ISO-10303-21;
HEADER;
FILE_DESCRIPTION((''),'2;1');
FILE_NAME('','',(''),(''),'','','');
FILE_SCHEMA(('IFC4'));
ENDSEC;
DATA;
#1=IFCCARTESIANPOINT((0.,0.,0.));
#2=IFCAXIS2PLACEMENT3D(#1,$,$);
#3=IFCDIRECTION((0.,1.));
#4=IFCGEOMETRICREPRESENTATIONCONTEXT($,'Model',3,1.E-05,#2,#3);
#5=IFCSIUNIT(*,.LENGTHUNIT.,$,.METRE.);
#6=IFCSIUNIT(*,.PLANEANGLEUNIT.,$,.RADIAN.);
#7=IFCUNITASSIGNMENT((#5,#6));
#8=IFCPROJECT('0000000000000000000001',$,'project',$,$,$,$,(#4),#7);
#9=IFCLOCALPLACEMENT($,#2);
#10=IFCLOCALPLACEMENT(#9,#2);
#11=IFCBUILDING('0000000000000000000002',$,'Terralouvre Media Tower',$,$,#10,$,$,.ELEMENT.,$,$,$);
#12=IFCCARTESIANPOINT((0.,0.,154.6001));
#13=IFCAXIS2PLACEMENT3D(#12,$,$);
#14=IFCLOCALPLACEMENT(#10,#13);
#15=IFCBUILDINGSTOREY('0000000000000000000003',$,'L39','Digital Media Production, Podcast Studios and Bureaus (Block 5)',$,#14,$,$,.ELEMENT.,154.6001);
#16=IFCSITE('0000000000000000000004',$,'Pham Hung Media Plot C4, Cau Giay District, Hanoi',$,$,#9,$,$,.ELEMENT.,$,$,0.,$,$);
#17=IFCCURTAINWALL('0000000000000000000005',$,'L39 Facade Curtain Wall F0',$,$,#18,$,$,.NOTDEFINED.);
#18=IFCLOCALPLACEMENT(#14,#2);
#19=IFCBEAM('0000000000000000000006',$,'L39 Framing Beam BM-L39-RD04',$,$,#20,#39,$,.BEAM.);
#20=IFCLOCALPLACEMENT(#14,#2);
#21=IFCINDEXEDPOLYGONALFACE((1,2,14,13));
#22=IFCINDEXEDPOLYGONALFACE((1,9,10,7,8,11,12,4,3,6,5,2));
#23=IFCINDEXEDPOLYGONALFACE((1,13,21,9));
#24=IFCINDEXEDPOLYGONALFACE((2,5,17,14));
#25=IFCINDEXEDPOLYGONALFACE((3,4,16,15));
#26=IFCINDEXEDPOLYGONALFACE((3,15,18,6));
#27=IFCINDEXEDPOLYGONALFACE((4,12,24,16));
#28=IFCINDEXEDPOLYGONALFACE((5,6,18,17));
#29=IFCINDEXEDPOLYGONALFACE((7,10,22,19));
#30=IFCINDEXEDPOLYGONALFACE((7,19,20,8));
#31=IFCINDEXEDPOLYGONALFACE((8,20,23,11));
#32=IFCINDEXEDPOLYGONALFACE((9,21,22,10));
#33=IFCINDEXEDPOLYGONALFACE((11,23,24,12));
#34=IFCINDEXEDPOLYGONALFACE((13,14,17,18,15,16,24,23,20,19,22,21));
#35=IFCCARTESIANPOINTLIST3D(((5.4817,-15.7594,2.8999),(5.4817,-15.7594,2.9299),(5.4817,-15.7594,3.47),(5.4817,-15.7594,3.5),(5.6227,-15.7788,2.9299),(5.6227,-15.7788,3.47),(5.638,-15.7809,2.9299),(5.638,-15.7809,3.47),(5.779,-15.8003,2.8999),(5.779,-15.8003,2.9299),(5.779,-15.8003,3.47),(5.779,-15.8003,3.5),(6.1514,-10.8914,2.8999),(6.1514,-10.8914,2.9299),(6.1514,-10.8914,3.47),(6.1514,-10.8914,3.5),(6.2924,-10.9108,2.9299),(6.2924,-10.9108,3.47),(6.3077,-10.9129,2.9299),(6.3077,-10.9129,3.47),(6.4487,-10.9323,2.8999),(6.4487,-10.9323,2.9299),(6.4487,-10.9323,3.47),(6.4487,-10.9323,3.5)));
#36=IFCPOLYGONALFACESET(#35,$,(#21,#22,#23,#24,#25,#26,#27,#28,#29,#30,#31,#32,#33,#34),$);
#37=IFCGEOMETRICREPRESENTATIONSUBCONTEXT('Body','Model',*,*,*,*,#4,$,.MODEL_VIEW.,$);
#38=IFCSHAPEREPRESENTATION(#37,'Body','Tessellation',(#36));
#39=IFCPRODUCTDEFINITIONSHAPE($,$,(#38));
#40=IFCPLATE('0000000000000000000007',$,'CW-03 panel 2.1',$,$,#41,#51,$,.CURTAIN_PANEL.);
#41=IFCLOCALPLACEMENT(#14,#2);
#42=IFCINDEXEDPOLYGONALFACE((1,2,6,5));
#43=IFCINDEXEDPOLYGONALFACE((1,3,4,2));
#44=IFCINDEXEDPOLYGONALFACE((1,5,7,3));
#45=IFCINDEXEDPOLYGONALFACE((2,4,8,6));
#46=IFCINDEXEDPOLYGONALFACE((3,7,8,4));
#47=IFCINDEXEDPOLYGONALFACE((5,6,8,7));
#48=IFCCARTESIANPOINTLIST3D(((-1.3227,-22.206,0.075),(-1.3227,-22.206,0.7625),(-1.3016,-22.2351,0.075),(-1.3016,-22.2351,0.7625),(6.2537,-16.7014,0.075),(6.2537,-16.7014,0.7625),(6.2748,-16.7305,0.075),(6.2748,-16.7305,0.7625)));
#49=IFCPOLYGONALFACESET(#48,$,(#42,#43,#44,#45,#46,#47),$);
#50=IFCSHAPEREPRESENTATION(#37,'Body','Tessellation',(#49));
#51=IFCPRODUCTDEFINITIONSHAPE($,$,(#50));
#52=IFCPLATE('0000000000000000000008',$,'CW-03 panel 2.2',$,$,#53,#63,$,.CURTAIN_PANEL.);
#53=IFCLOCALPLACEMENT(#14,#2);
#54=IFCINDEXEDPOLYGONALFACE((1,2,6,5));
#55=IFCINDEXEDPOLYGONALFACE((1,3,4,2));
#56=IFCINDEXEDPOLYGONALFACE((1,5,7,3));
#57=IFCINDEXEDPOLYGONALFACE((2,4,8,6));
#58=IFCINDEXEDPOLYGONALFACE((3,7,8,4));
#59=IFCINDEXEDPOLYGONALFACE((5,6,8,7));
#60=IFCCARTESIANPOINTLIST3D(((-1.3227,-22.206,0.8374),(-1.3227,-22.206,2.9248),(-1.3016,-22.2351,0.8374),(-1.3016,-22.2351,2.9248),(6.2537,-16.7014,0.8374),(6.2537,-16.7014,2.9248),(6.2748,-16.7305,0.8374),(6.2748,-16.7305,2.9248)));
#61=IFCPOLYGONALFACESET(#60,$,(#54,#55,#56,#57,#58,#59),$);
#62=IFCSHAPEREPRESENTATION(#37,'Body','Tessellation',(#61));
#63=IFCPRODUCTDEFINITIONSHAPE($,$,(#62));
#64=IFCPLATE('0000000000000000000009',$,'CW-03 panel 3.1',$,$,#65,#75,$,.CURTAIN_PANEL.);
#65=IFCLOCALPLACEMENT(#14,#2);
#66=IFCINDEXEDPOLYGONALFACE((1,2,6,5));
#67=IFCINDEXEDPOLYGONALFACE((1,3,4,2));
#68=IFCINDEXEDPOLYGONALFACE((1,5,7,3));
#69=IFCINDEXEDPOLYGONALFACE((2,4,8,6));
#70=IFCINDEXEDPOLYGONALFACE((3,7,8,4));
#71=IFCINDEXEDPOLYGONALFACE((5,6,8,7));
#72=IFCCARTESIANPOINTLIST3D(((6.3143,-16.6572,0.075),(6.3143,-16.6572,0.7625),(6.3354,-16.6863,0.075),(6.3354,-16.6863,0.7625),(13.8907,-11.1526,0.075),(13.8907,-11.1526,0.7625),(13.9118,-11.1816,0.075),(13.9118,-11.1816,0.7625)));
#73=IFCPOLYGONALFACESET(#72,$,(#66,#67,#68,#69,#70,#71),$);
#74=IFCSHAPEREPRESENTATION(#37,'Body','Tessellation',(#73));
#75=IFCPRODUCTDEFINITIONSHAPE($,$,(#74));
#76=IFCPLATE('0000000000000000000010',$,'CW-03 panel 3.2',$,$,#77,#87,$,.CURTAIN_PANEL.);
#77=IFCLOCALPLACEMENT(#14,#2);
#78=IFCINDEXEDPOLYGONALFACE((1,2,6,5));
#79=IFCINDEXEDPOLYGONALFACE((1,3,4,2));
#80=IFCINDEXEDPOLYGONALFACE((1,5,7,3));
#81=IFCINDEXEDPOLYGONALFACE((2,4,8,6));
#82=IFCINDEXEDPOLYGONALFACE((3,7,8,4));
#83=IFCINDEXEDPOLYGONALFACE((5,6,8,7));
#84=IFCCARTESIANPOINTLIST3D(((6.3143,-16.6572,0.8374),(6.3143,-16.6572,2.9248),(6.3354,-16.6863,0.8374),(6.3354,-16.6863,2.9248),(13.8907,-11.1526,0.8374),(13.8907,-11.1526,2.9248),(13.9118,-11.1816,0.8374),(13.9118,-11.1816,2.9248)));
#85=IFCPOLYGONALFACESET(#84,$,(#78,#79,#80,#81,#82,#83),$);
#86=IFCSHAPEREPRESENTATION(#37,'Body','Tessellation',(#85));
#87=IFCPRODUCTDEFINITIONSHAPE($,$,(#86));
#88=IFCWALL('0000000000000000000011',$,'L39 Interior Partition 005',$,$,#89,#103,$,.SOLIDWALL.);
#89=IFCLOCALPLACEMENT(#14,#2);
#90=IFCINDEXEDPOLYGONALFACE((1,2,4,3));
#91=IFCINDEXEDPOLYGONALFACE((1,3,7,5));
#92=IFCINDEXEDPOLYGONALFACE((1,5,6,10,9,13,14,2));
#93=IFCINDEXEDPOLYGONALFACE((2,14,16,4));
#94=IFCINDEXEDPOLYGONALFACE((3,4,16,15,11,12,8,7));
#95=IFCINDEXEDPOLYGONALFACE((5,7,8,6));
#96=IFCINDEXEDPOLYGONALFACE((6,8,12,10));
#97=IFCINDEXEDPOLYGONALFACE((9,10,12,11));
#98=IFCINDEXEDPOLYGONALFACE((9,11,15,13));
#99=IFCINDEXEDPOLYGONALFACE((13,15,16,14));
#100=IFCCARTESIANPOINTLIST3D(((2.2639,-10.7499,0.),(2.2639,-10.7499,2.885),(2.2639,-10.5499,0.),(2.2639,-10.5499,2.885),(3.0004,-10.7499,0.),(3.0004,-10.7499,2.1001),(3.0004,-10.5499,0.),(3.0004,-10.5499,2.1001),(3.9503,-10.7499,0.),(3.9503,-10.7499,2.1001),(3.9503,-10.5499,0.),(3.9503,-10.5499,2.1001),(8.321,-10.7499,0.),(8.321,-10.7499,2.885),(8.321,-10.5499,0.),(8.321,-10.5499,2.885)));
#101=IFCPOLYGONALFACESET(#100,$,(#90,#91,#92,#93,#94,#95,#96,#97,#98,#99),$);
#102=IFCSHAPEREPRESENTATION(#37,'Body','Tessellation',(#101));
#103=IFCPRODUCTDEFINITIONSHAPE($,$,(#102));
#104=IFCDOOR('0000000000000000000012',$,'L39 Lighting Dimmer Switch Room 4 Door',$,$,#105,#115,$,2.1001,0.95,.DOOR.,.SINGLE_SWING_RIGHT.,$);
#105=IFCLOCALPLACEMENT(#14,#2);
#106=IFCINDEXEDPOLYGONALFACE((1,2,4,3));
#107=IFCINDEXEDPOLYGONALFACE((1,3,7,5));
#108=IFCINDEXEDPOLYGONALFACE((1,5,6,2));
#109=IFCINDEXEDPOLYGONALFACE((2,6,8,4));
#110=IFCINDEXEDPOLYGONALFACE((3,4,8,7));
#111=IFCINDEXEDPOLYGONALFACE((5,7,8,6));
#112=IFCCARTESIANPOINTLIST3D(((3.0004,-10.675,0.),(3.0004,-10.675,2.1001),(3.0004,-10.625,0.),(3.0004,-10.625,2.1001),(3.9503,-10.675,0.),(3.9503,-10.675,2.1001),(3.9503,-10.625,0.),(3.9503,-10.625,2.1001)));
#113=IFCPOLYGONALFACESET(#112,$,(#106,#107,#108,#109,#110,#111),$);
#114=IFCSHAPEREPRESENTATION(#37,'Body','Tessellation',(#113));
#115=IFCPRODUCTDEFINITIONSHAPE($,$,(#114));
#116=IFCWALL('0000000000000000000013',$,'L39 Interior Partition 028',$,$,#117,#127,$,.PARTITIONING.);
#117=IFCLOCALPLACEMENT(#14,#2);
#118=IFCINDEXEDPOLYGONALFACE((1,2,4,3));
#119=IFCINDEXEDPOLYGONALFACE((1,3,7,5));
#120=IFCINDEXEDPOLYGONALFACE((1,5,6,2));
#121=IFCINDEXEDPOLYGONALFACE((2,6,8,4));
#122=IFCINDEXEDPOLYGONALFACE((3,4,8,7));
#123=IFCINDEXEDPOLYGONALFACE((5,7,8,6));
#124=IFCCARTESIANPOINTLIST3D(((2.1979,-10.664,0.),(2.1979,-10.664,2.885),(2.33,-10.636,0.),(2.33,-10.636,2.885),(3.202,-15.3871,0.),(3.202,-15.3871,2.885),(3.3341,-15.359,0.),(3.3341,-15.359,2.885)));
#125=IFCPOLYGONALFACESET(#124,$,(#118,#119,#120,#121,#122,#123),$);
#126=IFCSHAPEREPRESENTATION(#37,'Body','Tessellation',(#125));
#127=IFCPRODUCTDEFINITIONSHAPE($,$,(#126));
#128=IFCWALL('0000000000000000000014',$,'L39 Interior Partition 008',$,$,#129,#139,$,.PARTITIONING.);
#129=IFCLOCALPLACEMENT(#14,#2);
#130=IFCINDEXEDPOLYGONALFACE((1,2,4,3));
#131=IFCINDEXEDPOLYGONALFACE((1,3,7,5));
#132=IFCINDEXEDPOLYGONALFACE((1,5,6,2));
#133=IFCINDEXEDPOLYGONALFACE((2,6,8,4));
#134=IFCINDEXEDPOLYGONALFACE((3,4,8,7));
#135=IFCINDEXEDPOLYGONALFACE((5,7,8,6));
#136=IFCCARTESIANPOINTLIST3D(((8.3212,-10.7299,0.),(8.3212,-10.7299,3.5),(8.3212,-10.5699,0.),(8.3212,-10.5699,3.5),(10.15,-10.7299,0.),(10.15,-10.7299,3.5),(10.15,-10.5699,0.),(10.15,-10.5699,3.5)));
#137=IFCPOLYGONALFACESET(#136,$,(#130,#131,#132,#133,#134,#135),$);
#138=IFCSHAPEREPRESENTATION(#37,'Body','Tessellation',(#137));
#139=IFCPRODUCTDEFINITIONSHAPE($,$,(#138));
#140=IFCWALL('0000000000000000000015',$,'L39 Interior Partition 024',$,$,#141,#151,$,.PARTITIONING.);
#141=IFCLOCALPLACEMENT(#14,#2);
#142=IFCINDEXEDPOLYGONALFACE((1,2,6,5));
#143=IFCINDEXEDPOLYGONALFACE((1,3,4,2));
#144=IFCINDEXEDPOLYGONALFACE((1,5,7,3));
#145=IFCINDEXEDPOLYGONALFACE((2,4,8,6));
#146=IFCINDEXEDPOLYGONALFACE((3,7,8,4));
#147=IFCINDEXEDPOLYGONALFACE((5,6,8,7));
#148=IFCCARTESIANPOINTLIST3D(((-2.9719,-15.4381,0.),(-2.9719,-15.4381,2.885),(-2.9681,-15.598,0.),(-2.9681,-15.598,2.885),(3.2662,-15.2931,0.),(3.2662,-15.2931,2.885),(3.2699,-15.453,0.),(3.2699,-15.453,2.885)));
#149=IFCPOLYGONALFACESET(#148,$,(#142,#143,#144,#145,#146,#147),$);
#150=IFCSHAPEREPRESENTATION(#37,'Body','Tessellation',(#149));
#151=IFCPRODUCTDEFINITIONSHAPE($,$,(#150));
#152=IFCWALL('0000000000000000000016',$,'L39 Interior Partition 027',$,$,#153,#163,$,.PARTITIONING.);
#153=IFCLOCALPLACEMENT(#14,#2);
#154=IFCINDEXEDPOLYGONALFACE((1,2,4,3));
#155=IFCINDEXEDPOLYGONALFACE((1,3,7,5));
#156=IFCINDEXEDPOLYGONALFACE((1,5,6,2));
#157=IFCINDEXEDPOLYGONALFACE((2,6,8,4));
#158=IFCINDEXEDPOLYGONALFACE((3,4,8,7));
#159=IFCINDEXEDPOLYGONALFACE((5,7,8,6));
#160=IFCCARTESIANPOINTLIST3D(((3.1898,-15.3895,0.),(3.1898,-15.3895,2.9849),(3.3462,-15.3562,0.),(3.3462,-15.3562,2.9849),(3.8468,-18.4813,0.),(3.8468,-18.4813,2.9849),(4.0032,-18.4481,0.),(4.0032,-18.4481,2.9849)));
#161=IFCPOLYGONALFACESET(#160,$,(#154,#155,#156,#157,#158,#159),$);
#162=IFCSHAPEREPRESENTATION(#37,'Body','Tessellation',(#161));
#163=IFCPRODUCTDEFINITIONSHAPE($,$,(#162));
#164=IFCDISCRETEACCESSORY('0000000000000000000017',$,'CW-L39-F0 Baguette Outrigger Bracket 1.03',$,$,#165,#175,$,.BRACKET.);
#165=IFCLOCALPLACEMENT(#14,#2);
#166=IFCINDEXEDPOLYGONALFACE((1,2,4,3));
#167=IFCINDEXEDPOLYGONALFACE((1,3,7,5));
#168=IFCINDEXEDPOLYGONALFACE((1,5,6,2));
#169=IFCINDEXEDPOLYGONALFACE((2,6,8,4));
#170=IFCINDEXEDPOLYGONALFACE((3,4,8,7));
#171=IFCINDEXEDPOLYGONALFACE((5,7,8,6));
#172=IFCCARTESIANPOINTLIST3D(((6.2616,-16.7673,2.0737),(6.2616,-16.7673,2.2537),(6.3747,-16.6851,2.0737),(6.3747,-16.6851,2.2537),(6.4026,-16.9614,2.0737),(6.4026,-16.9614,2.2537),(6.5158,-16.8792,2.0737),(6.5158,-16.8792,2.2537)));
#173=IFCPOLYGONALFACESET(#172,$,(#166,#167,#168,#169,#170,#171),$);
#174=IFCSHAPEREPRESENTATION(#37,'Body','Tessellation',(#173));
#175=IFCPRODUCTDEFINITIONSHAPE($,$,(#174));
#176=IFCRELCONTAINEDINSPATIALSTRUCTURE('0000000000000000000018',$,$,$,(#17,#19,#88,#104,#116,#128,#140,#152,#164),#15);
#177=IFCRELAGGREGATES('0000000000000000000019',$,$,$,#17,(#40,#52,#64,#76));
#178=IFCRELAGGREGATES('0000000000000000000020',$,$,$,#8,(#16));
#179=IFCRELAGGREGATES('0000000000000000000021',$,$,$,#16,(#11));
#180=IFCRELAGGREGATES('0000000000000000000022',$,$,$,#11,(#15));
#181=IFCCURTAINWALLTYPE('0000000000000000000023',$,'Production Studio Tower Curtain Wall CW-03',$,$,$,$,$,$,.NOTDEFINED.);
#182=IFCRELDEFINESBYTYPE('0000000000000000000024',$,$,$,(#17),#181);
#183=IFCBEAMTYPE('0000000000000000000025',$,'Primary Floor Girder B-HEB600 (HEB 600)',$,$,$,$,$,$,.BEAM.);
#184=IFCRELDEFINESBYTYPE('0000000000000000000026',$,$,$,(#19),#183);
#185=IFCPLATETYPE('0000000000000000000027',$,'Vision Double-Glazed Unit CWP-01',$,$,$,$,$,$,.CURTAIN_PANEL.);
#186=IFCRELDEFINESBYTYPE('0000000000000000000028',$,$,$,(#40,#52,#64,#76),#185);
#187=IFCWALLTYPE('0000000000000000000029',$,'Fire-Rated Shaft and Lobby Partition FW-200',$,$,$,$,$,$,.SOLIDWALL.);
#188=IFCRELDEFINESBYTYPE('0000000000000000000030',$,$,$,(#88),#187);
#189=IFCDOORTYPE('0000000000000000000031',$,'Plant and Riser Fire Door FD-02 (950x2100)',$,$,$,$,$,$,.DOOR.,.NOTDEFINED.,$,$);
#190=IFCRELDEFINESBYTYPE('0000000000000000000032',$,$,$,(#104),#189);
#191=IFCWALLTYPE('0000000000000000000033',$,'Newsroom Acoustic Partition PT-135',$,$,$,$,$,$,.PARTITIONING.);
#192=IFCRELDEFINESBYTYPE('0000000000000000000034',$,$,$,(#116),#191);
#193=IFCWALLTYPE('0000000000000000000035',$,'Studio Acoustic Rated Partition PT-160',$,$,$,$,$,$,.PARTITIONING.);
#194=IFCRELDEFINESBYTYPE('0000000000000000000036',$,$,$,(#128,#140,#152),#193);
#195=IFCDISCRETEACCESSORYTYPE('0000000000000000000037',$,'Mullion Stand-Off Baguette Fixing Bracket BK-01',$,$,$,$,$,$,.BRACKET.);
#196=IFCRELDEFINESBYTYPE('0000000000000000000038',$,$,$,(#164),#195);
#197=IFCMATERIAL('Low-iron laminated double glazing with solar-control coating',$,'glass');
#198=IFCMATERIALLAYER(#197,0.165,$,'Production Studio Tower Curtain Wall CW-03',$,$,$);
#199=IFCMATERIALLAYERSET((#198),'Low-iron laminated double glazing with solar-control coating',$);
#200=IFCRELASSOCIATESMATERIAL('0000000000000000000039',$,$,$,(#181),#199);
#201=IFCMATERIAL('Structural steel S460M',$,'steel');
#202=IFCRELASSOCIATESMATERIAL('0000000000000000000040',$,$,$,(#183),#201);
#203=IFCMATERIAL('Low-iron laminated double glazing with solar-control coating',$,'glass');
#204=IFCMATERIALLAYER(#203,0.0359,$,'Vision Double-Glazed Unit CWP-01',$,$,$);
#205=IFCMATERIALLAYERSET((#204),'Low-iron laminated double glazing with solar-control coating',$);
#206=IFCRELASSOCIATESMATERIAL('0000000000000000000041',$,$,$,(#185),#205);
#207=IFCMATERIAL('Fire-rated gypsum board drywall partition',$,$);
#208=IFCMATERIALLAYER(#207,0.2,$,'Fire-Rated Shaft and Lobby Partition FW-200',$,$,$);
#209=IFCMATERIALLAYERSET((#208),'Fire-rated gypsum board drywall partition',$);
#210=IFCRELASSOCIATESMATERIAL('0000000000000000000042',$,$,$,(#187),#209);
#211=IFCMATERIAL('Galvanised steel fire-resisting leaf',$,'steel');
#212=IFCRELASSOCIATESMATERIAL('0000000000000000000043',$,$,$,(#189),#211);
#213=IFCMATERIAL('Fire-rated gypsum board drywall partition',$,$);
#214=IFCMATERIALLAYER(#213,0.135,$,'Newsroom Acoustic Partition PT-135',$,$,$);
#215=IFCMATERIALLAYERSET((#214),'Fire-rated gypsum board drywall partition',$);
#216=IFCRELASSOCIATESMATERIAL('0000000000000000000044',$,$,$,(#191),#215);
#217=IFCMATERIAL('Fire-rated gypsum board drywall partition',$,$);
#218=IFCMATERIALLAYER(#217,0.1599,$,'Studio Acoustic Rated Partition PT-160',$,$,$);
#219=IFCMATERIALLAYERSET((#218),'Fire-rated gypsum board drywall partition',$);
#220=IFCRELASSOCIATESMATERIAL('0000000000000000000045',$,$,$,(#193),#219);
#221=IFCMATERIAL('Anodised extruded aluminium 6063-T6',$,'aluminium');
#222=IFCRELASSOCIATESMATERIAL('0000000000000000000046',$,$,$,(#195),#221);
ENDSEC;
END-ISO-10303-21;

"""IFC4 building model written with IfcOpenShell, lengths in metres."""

from ifc_helpers import new_model, si_unit, direction, frame, frame_2d, origin, origin_2d, place, context, subcontext, project, spatial, rectangle, i_section, extrude, material, layer, layer_set, material_profile, profile_set, type_object, element, fill, aggregate, save


model = new_model("IFC4")

# Units and contexts
model_context = context("Model", 3, precision=1e-05, world=origin(), true_north=direction((0.0, 1.0)))
body_context = subcontext(model_context, "Body", "Model", "MODEL_VIEW")
ifc_project = project(units=[si_unit("LENGTHUNIT", "METRE"), si_unit("PLANEANGLEUNIT", "RADIAN")], contexts=[model_context])

# Site, building, storey
site_placement = place(None, origin())
site = spatial("IfcSite", under=ifc_project, at=site_placement, Name="Pham Hung Media Plot C4, Cau Giay District, Hanoi", CompositionType="ELEMENT", RefElevation=0.0)
building_placement = place(site_placement, origin())
building = spatial("IfcBuilding", under=site, at=building_placement, Name="Terralouvre Media Tower", CompositionType="ELEMENT")
storey_placement = place(building_placement, frame((0.0, 0.0, 154.6001)))
storey = spatial("IfcBuildingStorey", under=building, at=storey_placement, Name="L39", Description="Digital Media Production, Podcast Studios and Bureaus (Block 5)", CompositionType="ELEMENT", Elevation=154.6001)

# Curtain wall
ifc_material_1 = material(Name="Low-iron laminated double glazing with solar-control coating", Category="glass")
ifc_layer_1 = layer(ifc_material_1, 0.165, Name="Production Studio Tower Curtain Wall CW-03")
ifc_layer_set_1 = layer_set([ifc_layer_1], Name="Low-iron laminated double glazing with solar-control coating")
curtain_wall_type = type_object("IfcCurtainWallType", Name="Production Studio Tower Curtain Wall CW-03", PredefinedType="NOTDEFINED", material=ifc_layer_set_1)
curtain_wall_placement = place(storey_placement, origin())
curtain_wall = element("IfcCurtainWall", 1, at=curtain_wall_placement, inside=storey, type_object=curtain_wall_type, Name="L39 Facade Curtain Wall F0", PredefinedType="NOTDEFINED")

# Beam
ifc_material_2 = material(Name="Structural steel S460M", Category="steel")
ifc_material_profile_1 = material_profile(ifc_material_2, i_section(OverallWidth=0.3, OverallDepth=0.6001, WebThickness=0.0154, FlangeThickness=0.03, at=origin_2d()), Name="HEB 600")
ifc_profile_set_1 = profile_set([ifc_material_profile_1], Name="Structural steel S460M")
beam_type_1 = type_object("IfcBeamType", Name="Primary Floor Girder B-HEB600 (HEB 600)", PredefinedType="BEAM", material=ifc_profile_set_1)
beam_1_placement = place(storey_placement, frame((6.3, -10.9119, 3.2), z_axis=(-0.136286, -0.99067, 0.0), x_axis=(0.99067, -0.136286, 0.0)))
element("IfcBeam", 2, at=beam_1_placement, inside=storey, type_object=beam_type_1, Name="L39 Framing Beam BM-L39-RD04", PredefinedType="BEAM", context=body_context, shape_type="SweptSolid", body=[
    extrude(i_section(OverallWidth=0.3, OverallDepth=0.6001, WebThickness=0.0154, FlangeThickness=0.03, at=origin_2d()), origin(), (0.0, 0.0, 1.0), 4.9138),
])

# Plates
ifc_material_3 = material(Name="Low-iron laminated double glazing with solar-control coating", Category="glass")
ifc_layer_2 = layer(ifc_material_3, 0.0359, Name="Vision Double-Glazed Unit CWP-01")
ifc_layer_set_2 = layer_set([ifc_layer_2], Name="Low-iron laminated double glazing with solar-control coating")
plate_type = type_object("IfcPlateType", Name="Vision Double-Glazed Unit CWP-01", PredefinedType="CURTAIN_PANEL", material=ifc_layer_set_2)
plate_1_placement = place(storey_placement, frame((2.4761, -19.4683, 0.075), z_axis=(0.0, 0.0, 1.0), x_axis=(0.809017, 0.587785, 0.0)))
plate_1 = element("IfcPlate", 3, at=plate_1_placement, type_object=plate_type, Name="CW-03 panel 2.1", PredefinedType="CURTAIN_PANEL", context=body_context, shape_type="SweptSolid", body=[
    extrude(rectangle(XDim=9.365, YDim=0.0359, at=origin_2d()), origin(), (0.0, 0.0, 1.0), 0.6875),
])
plate_2_placement = place(storey_placement, frame((2.4761, -19.4683, 0.8374), z_axis=(0.0, 0.0, 1.0), x_axis=(0.809017, 0.587785, 0.0)))
plate_2 = element("IfcPlate", 4, at=plate_2_placement, type_object=plate_type, Name="CW-03 panel 2.2", PredefinedType="CURTAIN_PANEL", context=body_context, shape_type="SweptSolid", body=[
    extrude(rectangle(XDim=9.365, YDim=0.0359, at=origin_2d()), origin(), (0.0, 0.0, 1.0), 2.0874),
])
plate_3_placement = place(storey_placement, frame((10.113, -13.9194, 0.075), z_axis=(0.0, 0.0, 1.0), x_axis=(0.809017, 0.587785, 0.0)))
plate_3 = element("IfcPlate", 5, at=plate_3_placement, type_object=plate_type, Name="CW-03 panel 3.1", PredefinedType="CURTAIN_PANEL", context=body_context, shape_type="SweptSolid", body=[
    extrude(rectangle(XDim=9.365, YDim=0.0359, at=origin_2d()), origin(), (0.0, 0.0, 1.0), 0.6875),
])
plate_4_placement = place(storey_placement, frame((10.113, -13.9194, 0.8374), z_axis=(0.0, 0.0, 1.0), x_axis=(0.809017, 0.587785, 0.0)))
plate_4 = element("IfcPlate", 6, at=plate_4_placement, type_object=plate_type, Name="CW-03 panel 3.2", PredefinedType="CURTAIN_PANEL", context=body_context, shape_type="SweptSolid", body=[
    extrude(rectangle(XDim=9.365, YDim=0.0359, at=origin_2d()), origin(), (0.0, 0.0, 1.0), 2.0874),
])
aggregate(curtain_wall, [plate_1, plate_2, plate_3, plate_4])

# Wall, opening, door
ifc_material_4 = material(Name="Fire-rated gypsum board drywall partition")
ifc_layer_3 = layer(ifc_material_4, 0.2, Name="Fire-Rated Shaft and Lobby Partition FW-200")
ifc_layer_set_3 = layer_set([ifc_layer_3], Name="Fire-rated gypsum board drywall partition")
wall_type_1 = type_object("IfcWallType", Name="Fire-Rated Shaft and Lobby Partition FW-200", PredefinedType="SOLIDWALL", material=ifc_layer_set_3)
wall_1_placement = place(storey_placement, frame((2.2639, -10.6499, 0.0), z_axis=(0.0, 0.0, 1.0), x_axis=(1.0, 0.0, 0.0)))
wall_1 = element("IfcWall", 7, at=wall_1_placement, inside=storey, type_object=wall_type_1, Name="L39 Interior Partition 005", PredefinedType="SOLIDWALL", context=body_context, shape_type="SweptSolid", body=[
    extrude(rectangle(XDim=6.0571, YDim=0.2, at=frame_2d((3.0286, 0.0))), origin(), (0.0, 0.0, 1.0), 2.885),
])
opening_placement = place(wall_1_placement, frame((0.7363, 0.0, 0.0)))
opening = element("IfcOpeningElement", 8, at=opening_placement, cuts=wall_1, PredefinedType="OPENING", context=body_context, shape_type="SweptSolid", body=[
    extrude(rectangle(XDim=0.95, YDim=2.1001, at=frame_2d((0.4751, 1.05))), frame((0.0, 0.1099, 0.0), z_axis=(0.0, -1.0, 0.0), x_axis=(1.0, 0.0, 0.0)), (0.0, 0.0, 1.0), 0.22),
])
ifc_material_5 = material(Name="Galvanised steel fire-resisting leaf", Category="steel")
door_type = type_object("IfcDoorType", Name="Plant and Riser Fire Door FD-02 (950x2100)", OperationType="NOTDEFINED", PredefinedType="DOOR", material=ifc_material_5)
door_placement = place(opening_placement, origin())
door = element("IfcDoor", 9, at=door_placement, inside=storey, type_object=door_type, Name="L39 Lighting Dimmer Switch Room 4 Door", OperationType="SINGLE_SWING_RIGHT", OverallHeight=2.1001, OverallWidth=0.95, PredefinedType="DOOR", context=body_context, shape_type="SweptSolid", body=[
    extrude(rectangle(XDim=0.95, YDim=2.1001, at=frame_2d((0.4751, 1.05))), frame((0.0, 0.0249, 0.0), z_axis=(0.0, -1.0, 0.0), x_axis=(1.0, 0.0, 0.0)), (0.0, 0.0, 1.0), 0.05),
])
fill(opening, door)

# Walls
ifc_material_6 = material(Name="Fire-rated gypsum board drywall partition")
ifc_layer_4 = layer(ifc_material_6, 0.135, Name="Newsroom Acoustic Partition PT-135")
ifc_layer_set_4 = layer_set([ifc_layer_4], Name="Fire-rated gypsum board drywall partition")
wall_type_2 = type_object("IfcWallType", Name="Newsroom Acoustic Partition PT-135", PredefinedType="PARTITIONING", material=ifc_layer_set_4)
wall_2_placement = place(storey_placement, frame((3.2681, -15.373, 0.0), z_axis=(0.0, 0.0, 1.0), x_axis=(-0.207954, 0.978139, 0.0)))
element("IfcWall", 10, at=wall_2_placement, inside=storey, type_object=wall_type_2, Name="L39 Interior Partition 028", PredefinedType="PARTITIONING", context=body_context, shape_type="SweptSolid", body=[
    extrude(rectangle(XDim=4.8286, YDim=0.135, at=frame_2d((2.4143, 0.0))), origin(), (0.0, 0.0, 1.0), 2.885),
])
ifc_material_7 = material(Name="Fire-rated gypsum board drywall partition")
ifc_layer_5 = layer(ifc_material_7, 0.1599, Name="Studio Acoustic Rated Partition PT-160")
ifc_layer_set_5 = layer_set([ifc_layer_5], Name="Fire-rated gypsum board drywall partition")
wall_type_3 = type_object("IfcWallType", Name="Studio Acoustic Rated Partition PT-160", PredefinedType="PARTITIONING", material=ifc_layer_set_5)
wall_3_placement = place(storey_placement, frame((8.321, -10.6499, 0.0), z_axis=(0.0, 0.0, 1.0), x_axis=(1.0, 0.0, 0.0)))
element("IfcWall", 11, at=wall_3_placement, inside=storey, type_object=wall_type_3, Name="L39 Interior Partition 008", PredefinedType="PARTITIONING", context=body_context, shape_type="SweptSolid", body=[
    extrude(rectangle(XDim=1.8289, YDim=0.1599, at=frame_2d((0.9146, 0.0))), origin(), (0.0, 0.0, 1.0), 3.5),
])
wall_4_placement = place(storey_placement, frame((3.2681, -15.373, 0.0), z_axis=(0.0, 0.0, 1.0), x_axis=(-0.99973, -0.023241, 0.0)))
element("IfcWall", 12, at=wall_4_placement, inside=storey, type_object=wall_type_3, Name="L39 Interior Partition 024", PredefinedType="PARTITIONING", context=body_context, shape_type="SweptSolid", body=[
    extrude(rectangle(XDim=6.2397, YDim=0.1599, at=frame_2d((3.1199, 0.0))), origin(), (0.0, 0.0, 1.0), 2.885),
])
wall_5_placement = place(storey_placement, frame((3.925, -18.4648, 0.0), z_axis=(0.0, 0.0, 1.0), x_axis=(-0.207851, 0.97816, 0.0)))
element("IfcWall", 13, at=wall_5_placement, inside=storey, type_object=wall_type_3, Name="L39 Interior Partition 027", PredefinedType="PARTITIONING", context=body_context, shape_type="SweptSolid", body=[
    extrude(rectangle(XDim=3.1609, YDim=0.1599, at=frame_2d((1.5806, 0.0))), origin(), (0.0, 0.0, 1.0), 2.9849),
])

# Discrete accessory
ifc_material_8 = material(Name="Anodised extruded aluminium 6063-T6", Category="aluminium")
discrete_accessory_type = type_object("IfcDiscreteAccessoryType", Name="Mullion Stand-Off Baguette Fixing Bracket BK-01", PredefinedType="BRACKET", material=ifc_material_8)
discrete_accessory_placement = place(storey_placement, frame((6.3887, -16.8232, 2.0737), z_axis=(0.0, 0.0, 1.0), x_axis=(0.809017, 0.587785, 0.0)))
element("IfcDiscreteAccessory", 14, at=discrete_accessory_placement, inside=storey, type_object=discrete_accessory_type, Name="CW-L39-F0 Baguette Outrigger Bracket 1.03", PredefinedType="BRACKET", context=body_context, shape_type="SweptSolid", body=[
    extrude(rectangle(XDim=0.1399, YDim=0.24, at=origin_2d()), origin(), (0.0, 0.0, 1.0), 0.1799),
])

save(model, "model.ifc")
